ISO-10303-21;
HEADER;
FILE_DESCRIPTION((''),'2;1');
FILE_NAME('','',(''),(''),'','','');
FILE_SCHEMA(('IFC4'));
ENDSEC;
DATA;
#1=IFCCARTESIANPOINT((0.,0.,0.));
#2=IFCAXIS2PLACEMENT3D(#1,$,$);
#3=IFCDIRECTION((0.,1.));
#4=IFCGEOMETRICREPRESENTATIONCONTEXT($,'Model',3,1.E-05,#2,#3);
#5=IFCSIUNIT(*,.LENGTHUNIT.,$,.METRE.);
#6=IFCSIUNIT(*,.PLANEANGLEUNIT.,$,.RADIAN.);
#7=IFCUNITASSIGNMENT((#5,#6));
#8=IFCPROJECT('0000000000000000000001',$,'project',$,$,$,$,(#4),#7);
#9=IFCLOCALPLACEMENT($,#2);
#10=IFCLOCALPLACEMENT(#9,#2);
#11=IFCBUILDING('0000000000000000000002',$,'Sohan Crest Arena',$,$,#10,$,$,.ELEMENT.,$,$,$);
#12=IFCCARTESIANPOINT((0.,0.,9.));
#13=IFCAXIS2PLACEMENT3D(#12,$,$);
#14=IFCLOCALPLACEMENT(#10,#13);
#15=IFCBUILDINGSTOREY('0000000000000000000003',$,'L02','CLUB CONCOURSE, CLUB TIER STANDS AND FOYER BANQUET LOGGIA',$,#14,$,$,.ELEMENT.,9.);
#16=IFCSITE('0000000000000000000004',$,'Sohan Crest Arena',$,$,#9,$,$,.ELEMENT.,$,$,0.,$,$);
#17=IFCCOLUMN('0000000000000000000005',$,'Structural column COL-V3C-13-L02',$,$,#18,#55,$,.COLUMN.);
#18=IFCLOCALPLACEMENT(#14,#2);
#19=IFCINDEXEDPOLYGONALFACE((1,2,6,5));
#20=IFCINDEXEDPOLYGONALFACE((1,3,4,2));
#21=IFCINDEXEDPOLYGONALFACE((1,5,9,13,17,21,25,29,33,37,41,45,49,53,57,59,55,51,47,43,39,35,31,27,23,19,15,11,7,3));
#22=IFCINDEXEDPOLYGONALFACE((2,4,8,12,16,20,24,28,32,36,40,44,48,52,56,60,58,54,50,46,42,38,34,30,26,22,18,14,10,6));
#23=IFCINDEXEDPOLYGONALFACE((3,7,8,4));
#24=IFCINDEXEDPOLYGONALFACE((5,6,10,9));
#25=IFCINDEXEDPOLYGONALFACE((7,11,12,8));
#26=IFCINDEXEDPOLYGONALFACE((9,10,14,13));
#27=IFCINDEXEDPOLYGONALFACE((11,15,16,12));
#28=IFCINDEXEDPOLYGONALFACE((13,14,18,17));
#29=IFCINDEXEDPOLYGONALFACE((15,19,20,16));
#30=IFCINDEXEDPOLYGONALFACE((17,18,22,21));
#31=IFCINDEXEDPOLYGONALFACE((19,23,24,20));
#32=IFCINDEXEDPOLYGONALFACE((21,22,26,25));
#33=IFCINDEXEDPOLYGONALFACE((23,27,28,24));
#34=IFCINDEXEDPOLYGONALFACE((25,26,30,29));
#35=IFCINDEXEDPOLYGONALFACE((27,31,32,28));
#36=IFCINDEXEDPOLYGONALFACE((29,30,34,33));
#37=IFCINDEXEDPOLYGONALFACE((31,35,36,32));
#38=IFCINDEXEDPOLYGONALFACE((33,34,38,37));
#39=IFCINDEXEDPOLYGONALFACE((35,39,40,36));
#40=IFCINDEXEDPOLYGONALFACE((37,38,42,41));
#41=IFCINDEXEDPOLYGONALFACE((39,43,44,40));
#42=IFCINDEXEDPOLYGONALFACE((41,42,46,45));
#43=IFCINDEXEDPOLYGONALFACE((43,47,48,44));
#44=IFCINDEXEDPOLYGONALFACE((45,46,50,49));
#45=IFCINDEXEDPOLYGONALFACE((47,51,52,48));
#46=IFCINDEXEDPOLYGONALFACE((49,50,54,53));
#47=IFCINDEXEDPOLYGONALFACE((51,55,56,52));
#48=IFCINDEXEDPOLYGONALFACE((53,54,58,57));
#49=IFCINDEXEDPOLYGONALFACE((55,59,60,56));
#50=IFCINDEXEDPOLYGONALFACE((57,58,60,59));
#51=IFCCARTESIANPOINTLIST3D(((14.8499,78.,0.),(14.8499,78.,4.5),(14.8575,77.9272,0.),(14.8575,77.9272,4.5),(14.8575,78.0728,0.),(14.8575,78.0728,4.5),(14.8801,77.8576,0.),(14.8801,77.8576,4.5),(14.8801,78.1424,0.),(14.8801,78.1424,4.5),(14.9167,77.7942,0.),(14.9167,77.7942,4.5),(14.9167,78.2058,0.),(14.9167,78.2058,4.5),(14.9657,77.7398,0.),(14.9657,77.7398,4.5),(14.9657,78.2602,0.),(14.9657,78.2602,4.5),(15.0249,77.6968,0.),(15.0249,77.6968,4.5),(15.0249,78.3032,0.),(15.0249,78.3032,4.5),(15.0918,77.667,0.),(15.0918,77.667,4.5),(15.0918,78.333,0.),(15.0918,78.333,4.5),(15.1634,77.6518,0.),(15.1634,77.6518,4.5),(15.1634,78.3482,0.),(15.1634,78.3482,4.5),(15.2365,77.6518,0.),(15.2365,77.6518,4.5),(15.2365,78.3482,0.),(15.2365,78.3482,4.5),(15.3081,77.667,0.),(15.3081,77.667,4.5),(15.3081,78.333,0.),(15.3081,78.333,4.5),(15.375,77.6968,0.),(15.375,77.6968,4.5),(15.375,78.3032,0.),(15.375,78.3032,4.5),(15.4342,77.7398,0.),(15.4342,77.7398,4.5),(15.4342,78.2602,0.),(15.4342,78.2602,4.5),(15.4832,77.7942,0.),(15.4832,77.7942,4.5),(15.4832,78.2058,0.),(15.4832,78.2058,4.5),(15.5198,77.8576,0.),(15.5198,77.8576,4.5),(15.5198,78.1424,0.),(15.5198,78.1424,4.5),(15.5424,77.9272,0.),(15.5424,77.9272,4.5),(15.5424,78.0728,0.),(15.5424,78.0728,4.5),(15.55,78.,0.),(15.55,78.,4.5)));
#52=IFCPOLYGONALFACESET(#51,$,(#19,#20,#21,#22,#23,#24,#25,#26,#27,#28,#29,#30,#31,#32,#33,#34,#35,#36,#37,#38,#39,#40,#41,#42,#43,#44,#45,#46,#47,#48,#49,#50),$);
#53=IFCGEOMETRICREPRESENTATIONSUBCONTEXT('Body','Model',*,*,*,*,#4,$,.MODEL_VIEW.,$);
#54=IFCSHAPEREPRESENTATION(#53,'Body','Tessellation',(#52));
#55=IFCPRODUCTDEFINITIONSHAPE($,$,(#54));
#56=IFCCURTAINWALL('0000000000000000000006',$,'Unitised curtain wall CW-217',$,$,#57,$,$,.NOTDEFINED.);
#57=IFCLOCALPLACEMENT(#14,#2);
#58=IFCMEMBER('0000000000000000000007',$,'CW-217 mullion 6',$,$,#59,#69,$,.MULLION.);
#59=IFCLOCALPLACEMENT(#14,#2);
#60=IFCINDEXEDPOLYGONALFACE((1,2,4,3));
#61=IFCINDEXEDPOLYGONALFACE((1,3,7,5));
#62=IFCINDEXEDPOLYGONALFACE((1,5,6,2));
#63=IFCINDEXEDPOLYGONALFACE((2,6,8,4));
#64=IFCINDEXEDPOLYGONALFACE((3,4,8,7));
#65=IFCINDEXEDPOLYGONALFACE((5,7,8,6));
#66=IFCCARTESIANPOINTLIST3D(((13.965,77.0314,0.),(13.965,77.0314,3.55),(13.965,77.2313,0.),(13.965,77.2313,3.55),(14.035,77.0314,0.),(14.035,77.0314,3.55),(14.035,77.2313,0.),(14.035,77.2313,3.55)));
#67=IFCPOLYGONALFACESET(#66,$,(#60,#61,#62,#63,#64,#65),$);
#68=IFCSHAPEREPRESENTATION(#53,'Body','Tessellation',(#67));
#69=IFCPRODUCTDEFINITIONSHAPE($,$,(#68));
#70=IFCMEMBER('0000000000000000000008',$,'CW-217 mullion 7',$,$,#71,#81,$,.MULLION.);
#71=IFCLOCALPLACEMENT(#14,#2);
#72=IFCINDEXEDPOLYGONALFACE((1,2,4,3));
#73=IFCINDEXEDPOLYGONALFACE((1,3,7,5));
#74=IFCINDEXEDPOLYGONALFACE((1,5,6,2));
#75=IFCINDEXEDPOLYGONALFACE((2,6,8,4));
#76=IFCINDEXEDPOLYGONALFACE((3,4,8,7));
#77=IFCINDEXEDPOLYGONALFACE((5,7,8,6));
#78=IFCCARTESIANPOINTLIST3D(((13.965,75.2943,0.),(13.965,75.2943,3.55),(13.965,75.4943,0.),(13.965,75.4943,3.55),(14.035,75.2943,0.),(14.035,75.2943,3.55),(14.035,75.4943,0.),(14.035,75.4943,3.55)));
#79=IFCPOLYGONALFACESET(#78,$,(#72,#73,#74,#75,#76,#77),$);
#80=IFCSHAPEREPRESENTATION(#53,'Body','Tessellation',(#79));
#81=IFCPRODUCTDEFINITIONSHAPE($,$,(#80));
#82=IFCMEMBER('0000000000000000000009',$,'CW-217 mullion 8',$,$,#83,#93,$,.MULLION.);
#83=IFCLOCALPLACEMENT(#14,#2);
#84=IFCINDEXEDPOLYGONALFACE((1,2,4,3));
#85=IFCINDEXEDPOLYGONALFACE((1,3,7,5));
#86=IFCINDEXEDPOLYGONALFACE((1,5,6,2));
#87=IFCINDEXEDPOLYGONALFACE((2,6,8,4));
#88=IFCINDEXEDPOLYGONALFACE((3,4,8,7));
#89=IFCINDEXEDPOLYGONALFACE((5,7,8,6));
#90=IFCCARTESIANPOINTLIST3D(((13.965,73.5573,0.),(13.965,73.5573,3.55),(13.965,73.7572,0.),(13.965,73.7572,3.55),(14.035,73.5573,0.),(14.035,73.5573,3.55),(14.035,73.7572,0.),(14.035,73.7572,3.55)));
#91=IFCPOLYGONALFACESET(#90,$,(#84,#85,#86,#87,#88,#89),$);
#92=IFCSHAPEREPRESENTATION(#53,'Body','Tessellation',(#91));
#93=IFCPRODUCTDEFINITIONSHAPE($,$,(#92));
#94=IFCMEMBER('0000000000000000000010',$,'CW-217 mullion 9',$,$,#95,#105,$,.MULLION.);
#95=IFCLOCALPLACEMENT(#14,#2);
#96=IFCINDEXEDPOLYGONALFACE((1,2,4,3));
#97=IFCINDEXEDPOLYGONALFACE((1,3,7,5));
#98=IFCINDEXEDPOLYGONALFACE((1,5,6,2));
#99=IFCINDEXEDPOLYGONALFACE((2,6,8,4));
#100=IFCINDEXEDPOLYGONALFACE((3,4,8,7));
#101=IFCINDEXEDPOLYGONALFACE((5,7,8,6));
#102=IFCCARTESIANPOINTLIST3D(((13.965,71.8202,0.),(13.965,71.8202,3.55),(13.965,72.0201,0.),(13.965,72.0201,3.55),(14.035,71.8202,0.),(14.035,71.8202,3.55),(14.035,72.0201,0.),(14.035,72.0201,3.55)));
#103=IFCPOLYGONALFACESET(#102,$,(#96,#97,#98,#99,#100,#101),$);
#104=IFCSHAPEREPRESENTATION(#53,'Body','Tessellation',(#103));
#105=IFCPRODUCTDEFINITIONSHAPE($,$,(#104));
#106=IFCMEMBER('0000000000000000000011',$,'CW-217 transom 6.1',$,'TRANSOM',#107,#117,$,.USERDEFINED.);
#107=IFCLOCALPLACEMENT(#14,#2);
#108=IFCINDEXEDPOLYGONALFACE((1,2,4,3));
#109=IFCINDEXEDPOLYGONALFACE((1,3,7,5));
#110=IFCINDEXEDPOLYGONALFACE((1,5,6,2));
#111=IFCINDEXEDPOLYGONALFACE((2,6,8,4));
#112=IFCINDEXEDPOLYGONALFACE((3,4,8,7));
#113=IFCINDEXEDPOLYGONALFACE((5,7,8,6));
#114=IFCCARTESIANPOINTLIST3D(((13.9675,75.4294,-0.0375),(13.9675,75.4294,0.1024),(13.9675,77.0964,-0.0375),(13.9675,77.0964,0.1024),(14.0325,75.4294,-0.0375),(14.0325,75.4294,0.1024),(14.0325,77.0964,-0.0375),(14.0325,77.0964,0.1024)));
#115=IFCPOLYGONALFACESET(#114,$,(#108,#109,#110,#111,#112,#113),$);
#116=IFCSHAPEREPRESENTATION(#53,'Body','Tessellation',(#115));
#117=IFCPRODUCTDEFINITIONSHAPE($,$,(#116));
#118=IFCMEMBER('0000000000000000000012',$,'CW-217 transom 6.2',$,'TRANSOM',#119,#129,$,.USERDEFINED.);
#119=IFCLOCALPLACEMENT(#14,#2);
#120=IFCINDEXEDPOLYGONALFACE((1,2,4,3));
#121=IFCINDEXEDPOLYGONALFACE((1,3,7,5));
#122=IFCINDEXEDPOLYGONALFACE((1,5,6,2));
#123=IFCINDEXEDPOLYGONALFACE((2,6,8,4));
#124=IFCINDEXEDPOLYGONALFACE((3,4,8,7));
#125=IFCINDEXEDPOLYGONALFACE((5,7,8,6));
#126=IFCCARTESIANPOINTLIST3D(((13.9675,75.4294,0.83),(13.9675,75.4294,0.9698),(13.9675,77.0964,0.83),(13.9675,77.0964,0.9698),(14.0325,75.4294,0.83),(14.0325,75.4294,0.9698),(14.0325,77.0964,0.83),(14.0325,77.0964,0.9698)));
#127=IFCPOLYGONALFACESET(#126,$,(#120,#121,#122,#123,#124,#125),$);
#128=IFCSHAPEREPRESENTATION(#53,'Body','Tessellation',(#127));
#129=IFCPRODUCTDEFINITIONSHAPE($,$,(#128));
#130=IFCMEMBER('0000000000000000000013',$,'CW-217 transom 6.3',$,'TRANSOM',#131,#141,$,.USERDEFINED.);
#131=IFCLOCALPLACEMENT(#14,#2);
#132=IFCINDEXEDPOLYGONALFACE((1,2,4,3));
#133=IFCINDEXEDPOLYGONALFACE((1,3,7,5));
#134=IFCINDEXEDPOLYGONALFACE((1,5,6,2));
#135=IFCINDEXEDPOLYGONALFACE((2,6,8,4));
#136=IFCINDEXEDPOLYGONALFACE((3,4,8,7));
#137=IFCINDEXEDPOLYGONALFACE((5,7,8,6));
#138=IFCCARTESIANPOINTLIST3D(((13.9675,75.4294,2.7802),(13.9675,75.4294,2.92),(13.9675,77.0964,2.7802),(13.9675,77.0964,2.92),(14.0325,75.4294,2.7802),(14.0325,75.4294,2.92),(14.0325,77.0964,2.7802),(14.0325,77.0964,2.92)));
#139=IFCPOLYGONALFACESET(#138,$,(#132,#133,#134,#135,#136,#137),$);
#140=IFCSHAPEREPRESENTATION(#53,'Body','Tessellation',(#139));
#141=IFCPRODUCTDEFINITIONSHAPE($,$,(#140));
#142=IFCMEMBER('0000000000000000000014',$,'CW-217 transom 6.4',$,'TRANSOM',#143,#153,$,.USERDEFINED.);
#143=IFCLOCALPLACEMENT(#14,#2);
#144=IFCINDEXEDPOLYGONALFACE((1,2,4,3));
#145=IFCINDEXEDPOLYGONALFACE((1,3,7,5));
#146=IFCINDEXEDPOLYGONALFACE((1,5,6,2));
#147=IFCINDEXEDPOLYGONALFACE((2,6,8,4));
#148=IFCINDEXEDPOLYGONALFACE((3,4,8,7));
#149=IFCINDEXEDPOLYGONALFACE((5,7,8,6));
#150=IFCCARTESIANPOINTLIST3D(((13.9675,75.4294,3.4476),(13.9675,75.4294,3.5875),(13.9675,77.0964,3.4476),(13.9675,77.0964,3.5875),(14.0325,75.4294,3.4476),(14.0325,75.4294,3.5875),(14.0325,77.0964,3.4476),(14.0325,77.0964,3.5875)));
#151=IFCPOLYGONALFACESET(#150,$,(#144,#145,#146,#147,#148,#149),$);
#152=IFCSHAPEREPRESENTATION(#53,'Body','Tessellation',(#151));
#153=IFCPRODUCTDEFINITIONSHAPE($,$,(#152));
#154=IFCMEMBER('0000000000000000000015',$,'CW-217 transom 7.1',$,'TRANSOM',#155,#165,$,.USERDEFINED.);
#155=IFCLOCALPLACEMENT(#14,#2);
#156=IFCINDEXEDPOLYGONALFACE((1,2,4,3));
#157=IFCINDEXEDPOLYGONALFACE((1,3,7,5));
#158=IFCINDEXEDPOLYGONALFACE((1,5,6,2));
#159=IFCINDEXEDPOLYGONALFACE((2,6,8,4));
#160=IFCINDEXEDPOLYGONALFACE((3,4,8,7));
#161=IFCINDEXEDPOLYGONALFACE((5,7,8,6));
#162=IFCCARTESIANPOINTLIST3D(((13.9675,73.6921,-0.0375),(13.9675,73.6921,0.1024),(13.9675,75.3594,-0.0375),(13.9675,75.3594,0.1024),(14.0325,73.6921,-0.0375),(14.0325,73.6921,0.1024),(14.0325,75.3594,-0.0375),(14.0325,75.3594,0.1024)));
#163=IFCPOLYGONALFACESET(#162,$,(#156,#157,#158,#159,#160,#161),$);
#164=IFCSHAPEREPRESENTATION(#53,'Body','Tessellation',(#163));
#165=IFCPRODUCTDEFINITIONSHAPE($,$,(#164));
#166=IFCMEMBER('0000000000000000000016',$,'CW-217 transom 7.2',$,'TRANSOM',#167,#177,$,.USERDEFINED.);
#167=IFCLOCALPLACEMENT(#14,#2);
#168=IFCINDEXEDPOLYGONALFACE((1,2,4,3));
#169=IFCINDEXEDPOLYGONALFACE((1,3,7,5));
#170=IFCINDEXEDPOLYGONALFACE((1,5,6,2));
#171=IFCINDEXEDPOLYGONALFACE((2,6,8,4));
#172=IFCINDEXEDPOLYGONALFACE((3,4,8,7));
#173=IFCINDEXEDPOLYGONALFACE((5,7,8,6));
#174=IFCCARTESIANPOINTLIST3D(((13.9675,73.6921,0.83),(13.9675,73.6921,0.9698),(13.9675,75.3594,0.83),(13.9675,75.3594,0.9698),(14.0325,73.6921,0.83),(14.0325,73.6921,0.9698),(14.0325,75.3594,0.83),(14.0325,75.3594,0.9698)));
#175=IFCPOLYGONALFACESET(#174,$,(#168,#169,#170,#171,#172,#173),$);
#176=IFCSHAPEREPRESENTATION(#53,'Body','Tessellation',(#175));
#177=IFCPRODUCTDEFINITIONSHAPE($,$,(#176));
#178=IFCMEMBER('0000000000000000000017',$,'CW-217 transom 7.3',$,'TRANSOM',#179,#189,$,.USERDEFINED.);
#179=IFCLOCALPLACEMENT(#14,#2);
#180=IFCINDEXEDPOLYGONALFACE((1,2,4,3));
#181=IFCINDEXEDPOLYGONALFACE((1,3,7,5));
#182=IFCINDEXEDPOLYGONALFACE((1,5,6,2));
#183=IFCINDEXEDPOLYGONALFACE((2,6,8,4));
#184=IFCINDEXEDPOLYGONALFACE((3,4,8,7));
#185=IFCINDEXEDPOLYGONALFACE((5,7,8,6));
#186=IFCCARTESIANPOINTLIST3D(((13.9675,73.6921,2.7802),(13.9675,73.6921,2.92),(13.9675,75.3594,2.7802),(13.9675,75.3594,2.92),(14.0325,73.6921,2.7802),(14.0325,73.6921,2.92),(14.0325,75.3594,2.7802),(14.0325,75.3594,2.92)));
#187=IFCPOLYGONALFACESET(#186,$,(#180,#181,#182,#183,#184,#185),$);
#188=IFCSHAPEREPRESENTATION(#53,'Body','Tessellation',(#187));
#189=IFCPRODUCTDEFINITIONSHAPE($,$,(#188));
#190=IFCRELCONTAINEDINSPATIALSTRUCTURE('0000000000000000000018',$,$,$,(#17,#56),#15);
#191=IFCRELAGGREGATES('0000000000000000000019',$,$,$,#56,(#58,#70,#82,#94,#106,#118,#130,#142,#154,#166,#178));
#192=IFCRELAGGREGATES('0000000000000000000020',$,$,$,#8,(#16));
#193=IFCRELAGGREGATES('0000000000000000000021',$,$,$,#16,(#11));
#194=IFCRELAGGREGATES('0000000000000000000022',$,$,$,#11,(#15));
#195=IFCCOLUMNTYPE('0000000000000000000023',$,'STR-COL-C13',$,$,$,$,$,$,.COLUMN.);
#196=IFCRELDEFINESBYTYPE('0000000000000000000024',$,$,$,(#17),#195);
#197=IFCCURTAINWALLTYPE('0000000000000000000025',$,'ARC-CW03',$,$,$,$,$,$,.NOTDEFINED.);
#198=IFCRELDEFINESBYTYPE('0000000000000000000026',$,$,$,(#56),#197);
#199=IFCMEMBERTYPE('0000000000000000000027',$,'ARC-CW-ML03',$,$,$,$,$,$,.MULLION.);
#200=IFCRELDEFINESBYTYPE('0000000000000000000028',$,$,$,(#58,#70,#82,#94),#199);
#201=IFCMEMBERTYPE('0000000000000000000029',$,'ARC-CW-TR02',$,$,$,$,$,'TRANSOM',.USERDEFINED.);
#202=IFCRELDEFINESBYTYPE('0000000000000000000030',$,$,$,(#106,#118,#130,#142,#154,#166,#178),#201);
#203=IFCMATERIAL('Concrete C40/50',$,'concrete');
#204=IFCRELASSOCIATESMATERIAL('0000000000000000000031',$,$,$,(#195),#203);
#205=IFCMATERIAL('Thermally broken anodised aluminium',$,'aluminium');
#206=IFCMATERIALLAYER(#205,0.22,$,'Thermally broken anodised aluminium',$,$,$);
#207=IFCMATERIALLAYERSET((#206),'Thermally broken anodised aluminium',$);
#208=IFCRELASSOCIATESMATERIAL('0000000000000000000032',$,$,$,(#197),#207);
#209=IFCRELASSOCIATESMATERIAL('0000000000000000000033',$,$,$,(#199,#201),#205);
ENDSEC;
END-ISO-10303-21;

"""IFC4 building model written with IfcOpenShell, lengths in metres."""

from ifc_helpers import new_model, si_unit, direction, frame, origin, origin_2d, place, context, subcontext, project, spatial, rectangle, circle, extrude, material, layer, layer_set, material_profile, profile_set, type_object, element, aggregate, save


model = new_model("IFC4")

# Units and contexts
model_context = context("Model", 3, precision=1e-05, world=origin(), true_north=direction((0.0, 1.0)))
body_context = subcontext(model_context, "Body", "Model", "MODEL_VIEW")
ifc_project = project(units=[si_unit("LENGTHUNIT", "METRE"), si_unit("PLANEANGLEUNIT", "RADIAN")], contexts=[model_context])

# Site, building, storey
site_placement = place(None, origin())
site = spatial("IfcSite", under=ifc_project, at=site_placement, Name="Sohan Crest Arena", CompositionType="ELEMENT", RefElevation=0.0)
building_placement = place(site_placement, origin())
building = spatial("IfcBuilding", under=site, at=building_placement, Name="Sohan Crest Arena", CompositionType="ELEMENT")
storey_placement = place(building_placement, frame((0.0, 0.0, 9.0)))
storey = spatial("IfcBuildingStorey", under=building, at=storey_placement, Name="L02", Description="CLUB CONCOURSE, CLUB TIER STANDS AND FOYER BANQUET LOGGIA", CompositionType="ELEMENT", Elevation=9.0)

# Column
ifc_material_1 = material(Name="Concrete C40/50", Category="concrete")
ifc_material_profile_1 = material_profile(ifc_material_1, circle(Radius=0.3501, at=origin_2d()), Name="RC D700")
ifc_profile_set_1 = profile_set([ifc_material_profile_1], Name="Concrete C40/50")
column_type = type_object("IfcColumnType", Name="STR-COL-C13", PredefinedType="COLUMN", material=ifc_profile_set_1)
column_placement = place(storey_placement, frame((15.2, 78.0, 0.0), z_axis=(0.0, 0.0, 1.0), x_axis=(1.0, 0.0, 0.0)))
element("IfcColumn", 1, at=column_placement, inside=storey, type_object=column_type, Name="Structural column COL-V3C-13-L02", PredefinedType="COLUMN", context=body_context, shape_type="SweptSolid", body=[
    extrude(circle(Radius=0.3501, at=origin_2d()), origin(), (0.0, 0.0, 1.0), 4.5),
])

# Curtain wall, members
ifc_material_2 = material(Name="Thermally broken anodised aluminium", Category="aluminium")
ifc_layer_1 = layer(ifc_material_2, 0.22, Name="Thermally broken anodised aluminium")
ifc_layer_set_1 = layer_set([ifc_layer_1], Name="Thermally broken anodised aluminium")
curtain_wall_type = type_object("IfcCurtainWallType", Name="ARC-CW03", PredefinedType="NOTDEFINED", material=ifc_layer_set_1)
curtain_wall_placement = place(storey_placement, origin())
curtain_wall = element("IfcCurtainWall", 2, at=curtain_wall_placement, inside=storey, type_object=curtain_wall_type, Name="Unitised curtain wall CW-217", PredefinedType="NOTDEFINED")
ifc_material_profile_2 = material_profile(ifc_material_2, rectangle(XDim=0.0701, YDim=0.2, at=origin_2d()), Name="ALU-MULL 70x200")
ifc_profile_set_2 = profile_set([ifc_material_profile_2], Name="Thermally broken anodised aluminium")
member_type_1 = type_object("IfcMemberType", Name="ARC-CW-ML03", PredefinedType="MULLION", material=ifc_profile_set_2)
member_1_placement = place(storey_placement, frame((14.0, 77.1313, 0.0), z_axis=(0.0, 0.0, 1.0), x_axis=(1.0, 0.0, 0.0)))
member_1 = element("IfcMember", 3, at=member_1_placement, type_object=member_type_1, Name="CW-217 mullion 6", PredefinedType="MULLION", context=body_context, shape_type="SweptSolid", body=[
    extrude(rectangle(XDim=0.0701, YDim=0.2, at=origin_2d()), origin(), (0.0, 0.0, 1.0), 3.55),
])
member_2_placement = place(storey_placement, frame((14.0, 75.3943, 0.0), z_axis=(0.0, 0.0, 1.0), x_axis=(1.0, 0.0, 0.0)))
member_2 = element("IfcMember", 4, at=member_2_placement, type_object=member_type_1, Name="CW-217 mullion 7", PredefinedType="MULLION", context=body_context, shape_type="SweptSolid", body=[
    extrude(rectangle(XDim=0.0701, YDim=0.2, at=origin_2d()), origin(), (0.0, 0.0, 1.0), 3.55),
])
member_3_placement = place(storey_placement, frame((14.0, 73.6572, 0.0), z_axis=(0.0, 0.0, 1.0), x_axis=(1.0, 0.0, 0.0)))
member_3 = element("IfcMember", 5, at=member_3_placement, type_object=member_type_1, Name="CW-217 mullion 8", PredefinedType="MULLION", context=body_context, shape_type="SweptSolid", body=[
    extrude(rectangle(XDim=0.0701, YDim=0.2, at=origin_2d()), origin(), (0.0, 0.0, 1.0), 3.55),
])
member_4_placement = place(storey_placement, frame((14.0, 71.9202, 0.0), z_axis=(0.0, 0.0, 1.0), x_axis=(1.0, 0.0, 0.0)))
member_4 = element("IfcMember", 6, at=member_4_placement, type_object=member_type_1, Name="CW-217 mullion 9", PredefinedType="MULLION", context=body_context, shape_type="SweptSolid", body=[
    extrude(rectangle(XDim=0.0701, YDim=0.2, at=origin_2d()), origin(), (0.0, 0.0, 1.0), 3.55),
])
ifc_material_profile_3 = material_profile(ifc_material_2, rectangle(XDim=0.0649, YDim=0.1399, at=origin_2d()), Name="ALU-TRAN 65x140")
ifc_profile_set_3 = profile_set([ifc_material_profile_3], Name="Thermally broken anodised aluminium")
member_type_2 = type_object("IfcMemberType", Name="ARC-CW-TR02", ElementType="TRANSOM", PredefinedType="USERDEFINED", material=ifc_profile_set_3)
member_5_placement = place(storey_placement, frame((14.0, 77.0964, 0.0325), z_axis=(0.0, -1.0, 0.0), x_axis=(1.0, 0.0, 0.0)))
member_5 = element("IfcMember", 7, at=member_5_placement, type_object=member_type_2, Name="CW-217 transom 6.1", ObjectType="TRANSOM", PredefinedType="USERDEFINED", context=body_context, shape_type="SweptSolid", body=[
    extrude(rectangle(XDim=0.0649, YDim=0.1399, at=origin_2d()), origin(), (0.0, 0.0, 1.0), 1.667),
])
member_6_placement = place(storey_placement, frame((14.0, 77.0964, 0.8999), z_axis=(0.0, -1.0, 0.0), x_axis=(1.0, 0.0, 0.0)))
member_6 = element("IfcMember", 8, at=member_6_placement, type_object=member_type_2, Name="CW-217 transom 6.2", ObjectType="TRANSOM", PredefinedType="USERDEFINED", context=body_context, shape_type="SweptSolid", body=[
    extrude(rectangle(XDim=0.0649, YDim=0.1399, at=origin_2d()), origin(), (0.0, 0.0, 1.0), 1.667),
])
member_7_placement = place(storey_placement, frame((14.0, 77.0964, 2.8501), z_axis=(0.0, -1.0, 0.0), x_axis=(1.0, 0.0, 0.0)))
member_7 = element("IfcMember", 9, at=member_7_placement, type_object=member_type_2, Name="CW-217 transom 6.3", ObjectType="TRANSOM", PredefinedType="USERDEFINED", context=body_context, shape_type="SweptSolid", body=[
    extrude(rectangle(XDim=0.0649, YDim=0.1399, at=origin_2d()), origin(), (0.0, 0.0, 1.0), 1.667),
])
member_8_placement = place(storey_placement, frame((14.0, 77.0964, 3.5176), z_axis=(0.0, -1.0, 0.0), x_axis=(1.0, 0.0, 0.0)))
member_8 = element("IfcMember", 10, at=member_8_placement, type_object=member_type_2, Name="CW-217 transom 6.4", ObjectType="TRANSOM", PredefinedType="USERDEFINED", context=body_context, shape_type="SweptSolid", body=[
    extrude(rectangle(XDim=0.0649, YDim=0.1399, at=origin_2d()), origin(), (0.0, 0.0, 1.0), 1.667),
])
member_9_placement = place(storey_placement, frame((14.0, 75.3594, 0.0325), z_axis=(0.0, -1.0, 0.0), x_axis=(1.0, 0.0, 0.0)))
member_9 = element("IfcMember", 11, at=member_9_placement, type_object=member_type_2, Name="CW-217 transom 7.1", ObjectType="TRANSOM", PredefinedType="USERDEFINED", context=body_context, shape_type="SweptSolid", body=[
    extrude(rectangle(XDim=0.0649, YDim=0.1399, at=origin_2d()), origin(), (0.0, 0.0, 1.0), 1.6672),
])
member_10_placement = place(storey_placement, frame((14.0, 75.3594, 0.8999), z_axis=(0.0, -1.0, 0.0), x_axis=(1.0, 0.0, 0.0)))
member_10 = element("IfcMember", 12, at=member_10_placement, type_object=member_type_2, Name="CW-217 transom 7.2", ObjectType="TRANSOM", PredefinedType="USERDEFINED", context=body_context, shape_type="SweptSolid", body=[
    extrude(rectangle(XDim=0.0649, YDim=0.1399, at=origin_2d()), origin(), (0.0, 0.0, 1.0), 1.6672),
])
member_11_placement = place(storey_placement, frame((14.0, 75.3594, 2.8501), z_axis=(0.0, -1.0, 0.0), x_axis=(1.0, 0.0, 0.0)))
member_11 = element("IfcMember", 13, at=member_11_placement, type_object=member_type_2, Name="CW-217 transom 7.3", ObjectType="TRANSOM", PredefinedType="USERDEFINED", context=body_context, shape_type="SweptSolid", body=[
    extrude(rectangle(XDim=0.0649, YDim=0.1399, at=origin_2d()), origin(), (0.0, 0.0, 1.0), 1.6672),
])

aggregate(curtain_wall, [member_1, member_2, member_3, member_4, member_5, member_6, member_7, member_8, member_9, member_10, member_11])

save(model, "model.ifc")
